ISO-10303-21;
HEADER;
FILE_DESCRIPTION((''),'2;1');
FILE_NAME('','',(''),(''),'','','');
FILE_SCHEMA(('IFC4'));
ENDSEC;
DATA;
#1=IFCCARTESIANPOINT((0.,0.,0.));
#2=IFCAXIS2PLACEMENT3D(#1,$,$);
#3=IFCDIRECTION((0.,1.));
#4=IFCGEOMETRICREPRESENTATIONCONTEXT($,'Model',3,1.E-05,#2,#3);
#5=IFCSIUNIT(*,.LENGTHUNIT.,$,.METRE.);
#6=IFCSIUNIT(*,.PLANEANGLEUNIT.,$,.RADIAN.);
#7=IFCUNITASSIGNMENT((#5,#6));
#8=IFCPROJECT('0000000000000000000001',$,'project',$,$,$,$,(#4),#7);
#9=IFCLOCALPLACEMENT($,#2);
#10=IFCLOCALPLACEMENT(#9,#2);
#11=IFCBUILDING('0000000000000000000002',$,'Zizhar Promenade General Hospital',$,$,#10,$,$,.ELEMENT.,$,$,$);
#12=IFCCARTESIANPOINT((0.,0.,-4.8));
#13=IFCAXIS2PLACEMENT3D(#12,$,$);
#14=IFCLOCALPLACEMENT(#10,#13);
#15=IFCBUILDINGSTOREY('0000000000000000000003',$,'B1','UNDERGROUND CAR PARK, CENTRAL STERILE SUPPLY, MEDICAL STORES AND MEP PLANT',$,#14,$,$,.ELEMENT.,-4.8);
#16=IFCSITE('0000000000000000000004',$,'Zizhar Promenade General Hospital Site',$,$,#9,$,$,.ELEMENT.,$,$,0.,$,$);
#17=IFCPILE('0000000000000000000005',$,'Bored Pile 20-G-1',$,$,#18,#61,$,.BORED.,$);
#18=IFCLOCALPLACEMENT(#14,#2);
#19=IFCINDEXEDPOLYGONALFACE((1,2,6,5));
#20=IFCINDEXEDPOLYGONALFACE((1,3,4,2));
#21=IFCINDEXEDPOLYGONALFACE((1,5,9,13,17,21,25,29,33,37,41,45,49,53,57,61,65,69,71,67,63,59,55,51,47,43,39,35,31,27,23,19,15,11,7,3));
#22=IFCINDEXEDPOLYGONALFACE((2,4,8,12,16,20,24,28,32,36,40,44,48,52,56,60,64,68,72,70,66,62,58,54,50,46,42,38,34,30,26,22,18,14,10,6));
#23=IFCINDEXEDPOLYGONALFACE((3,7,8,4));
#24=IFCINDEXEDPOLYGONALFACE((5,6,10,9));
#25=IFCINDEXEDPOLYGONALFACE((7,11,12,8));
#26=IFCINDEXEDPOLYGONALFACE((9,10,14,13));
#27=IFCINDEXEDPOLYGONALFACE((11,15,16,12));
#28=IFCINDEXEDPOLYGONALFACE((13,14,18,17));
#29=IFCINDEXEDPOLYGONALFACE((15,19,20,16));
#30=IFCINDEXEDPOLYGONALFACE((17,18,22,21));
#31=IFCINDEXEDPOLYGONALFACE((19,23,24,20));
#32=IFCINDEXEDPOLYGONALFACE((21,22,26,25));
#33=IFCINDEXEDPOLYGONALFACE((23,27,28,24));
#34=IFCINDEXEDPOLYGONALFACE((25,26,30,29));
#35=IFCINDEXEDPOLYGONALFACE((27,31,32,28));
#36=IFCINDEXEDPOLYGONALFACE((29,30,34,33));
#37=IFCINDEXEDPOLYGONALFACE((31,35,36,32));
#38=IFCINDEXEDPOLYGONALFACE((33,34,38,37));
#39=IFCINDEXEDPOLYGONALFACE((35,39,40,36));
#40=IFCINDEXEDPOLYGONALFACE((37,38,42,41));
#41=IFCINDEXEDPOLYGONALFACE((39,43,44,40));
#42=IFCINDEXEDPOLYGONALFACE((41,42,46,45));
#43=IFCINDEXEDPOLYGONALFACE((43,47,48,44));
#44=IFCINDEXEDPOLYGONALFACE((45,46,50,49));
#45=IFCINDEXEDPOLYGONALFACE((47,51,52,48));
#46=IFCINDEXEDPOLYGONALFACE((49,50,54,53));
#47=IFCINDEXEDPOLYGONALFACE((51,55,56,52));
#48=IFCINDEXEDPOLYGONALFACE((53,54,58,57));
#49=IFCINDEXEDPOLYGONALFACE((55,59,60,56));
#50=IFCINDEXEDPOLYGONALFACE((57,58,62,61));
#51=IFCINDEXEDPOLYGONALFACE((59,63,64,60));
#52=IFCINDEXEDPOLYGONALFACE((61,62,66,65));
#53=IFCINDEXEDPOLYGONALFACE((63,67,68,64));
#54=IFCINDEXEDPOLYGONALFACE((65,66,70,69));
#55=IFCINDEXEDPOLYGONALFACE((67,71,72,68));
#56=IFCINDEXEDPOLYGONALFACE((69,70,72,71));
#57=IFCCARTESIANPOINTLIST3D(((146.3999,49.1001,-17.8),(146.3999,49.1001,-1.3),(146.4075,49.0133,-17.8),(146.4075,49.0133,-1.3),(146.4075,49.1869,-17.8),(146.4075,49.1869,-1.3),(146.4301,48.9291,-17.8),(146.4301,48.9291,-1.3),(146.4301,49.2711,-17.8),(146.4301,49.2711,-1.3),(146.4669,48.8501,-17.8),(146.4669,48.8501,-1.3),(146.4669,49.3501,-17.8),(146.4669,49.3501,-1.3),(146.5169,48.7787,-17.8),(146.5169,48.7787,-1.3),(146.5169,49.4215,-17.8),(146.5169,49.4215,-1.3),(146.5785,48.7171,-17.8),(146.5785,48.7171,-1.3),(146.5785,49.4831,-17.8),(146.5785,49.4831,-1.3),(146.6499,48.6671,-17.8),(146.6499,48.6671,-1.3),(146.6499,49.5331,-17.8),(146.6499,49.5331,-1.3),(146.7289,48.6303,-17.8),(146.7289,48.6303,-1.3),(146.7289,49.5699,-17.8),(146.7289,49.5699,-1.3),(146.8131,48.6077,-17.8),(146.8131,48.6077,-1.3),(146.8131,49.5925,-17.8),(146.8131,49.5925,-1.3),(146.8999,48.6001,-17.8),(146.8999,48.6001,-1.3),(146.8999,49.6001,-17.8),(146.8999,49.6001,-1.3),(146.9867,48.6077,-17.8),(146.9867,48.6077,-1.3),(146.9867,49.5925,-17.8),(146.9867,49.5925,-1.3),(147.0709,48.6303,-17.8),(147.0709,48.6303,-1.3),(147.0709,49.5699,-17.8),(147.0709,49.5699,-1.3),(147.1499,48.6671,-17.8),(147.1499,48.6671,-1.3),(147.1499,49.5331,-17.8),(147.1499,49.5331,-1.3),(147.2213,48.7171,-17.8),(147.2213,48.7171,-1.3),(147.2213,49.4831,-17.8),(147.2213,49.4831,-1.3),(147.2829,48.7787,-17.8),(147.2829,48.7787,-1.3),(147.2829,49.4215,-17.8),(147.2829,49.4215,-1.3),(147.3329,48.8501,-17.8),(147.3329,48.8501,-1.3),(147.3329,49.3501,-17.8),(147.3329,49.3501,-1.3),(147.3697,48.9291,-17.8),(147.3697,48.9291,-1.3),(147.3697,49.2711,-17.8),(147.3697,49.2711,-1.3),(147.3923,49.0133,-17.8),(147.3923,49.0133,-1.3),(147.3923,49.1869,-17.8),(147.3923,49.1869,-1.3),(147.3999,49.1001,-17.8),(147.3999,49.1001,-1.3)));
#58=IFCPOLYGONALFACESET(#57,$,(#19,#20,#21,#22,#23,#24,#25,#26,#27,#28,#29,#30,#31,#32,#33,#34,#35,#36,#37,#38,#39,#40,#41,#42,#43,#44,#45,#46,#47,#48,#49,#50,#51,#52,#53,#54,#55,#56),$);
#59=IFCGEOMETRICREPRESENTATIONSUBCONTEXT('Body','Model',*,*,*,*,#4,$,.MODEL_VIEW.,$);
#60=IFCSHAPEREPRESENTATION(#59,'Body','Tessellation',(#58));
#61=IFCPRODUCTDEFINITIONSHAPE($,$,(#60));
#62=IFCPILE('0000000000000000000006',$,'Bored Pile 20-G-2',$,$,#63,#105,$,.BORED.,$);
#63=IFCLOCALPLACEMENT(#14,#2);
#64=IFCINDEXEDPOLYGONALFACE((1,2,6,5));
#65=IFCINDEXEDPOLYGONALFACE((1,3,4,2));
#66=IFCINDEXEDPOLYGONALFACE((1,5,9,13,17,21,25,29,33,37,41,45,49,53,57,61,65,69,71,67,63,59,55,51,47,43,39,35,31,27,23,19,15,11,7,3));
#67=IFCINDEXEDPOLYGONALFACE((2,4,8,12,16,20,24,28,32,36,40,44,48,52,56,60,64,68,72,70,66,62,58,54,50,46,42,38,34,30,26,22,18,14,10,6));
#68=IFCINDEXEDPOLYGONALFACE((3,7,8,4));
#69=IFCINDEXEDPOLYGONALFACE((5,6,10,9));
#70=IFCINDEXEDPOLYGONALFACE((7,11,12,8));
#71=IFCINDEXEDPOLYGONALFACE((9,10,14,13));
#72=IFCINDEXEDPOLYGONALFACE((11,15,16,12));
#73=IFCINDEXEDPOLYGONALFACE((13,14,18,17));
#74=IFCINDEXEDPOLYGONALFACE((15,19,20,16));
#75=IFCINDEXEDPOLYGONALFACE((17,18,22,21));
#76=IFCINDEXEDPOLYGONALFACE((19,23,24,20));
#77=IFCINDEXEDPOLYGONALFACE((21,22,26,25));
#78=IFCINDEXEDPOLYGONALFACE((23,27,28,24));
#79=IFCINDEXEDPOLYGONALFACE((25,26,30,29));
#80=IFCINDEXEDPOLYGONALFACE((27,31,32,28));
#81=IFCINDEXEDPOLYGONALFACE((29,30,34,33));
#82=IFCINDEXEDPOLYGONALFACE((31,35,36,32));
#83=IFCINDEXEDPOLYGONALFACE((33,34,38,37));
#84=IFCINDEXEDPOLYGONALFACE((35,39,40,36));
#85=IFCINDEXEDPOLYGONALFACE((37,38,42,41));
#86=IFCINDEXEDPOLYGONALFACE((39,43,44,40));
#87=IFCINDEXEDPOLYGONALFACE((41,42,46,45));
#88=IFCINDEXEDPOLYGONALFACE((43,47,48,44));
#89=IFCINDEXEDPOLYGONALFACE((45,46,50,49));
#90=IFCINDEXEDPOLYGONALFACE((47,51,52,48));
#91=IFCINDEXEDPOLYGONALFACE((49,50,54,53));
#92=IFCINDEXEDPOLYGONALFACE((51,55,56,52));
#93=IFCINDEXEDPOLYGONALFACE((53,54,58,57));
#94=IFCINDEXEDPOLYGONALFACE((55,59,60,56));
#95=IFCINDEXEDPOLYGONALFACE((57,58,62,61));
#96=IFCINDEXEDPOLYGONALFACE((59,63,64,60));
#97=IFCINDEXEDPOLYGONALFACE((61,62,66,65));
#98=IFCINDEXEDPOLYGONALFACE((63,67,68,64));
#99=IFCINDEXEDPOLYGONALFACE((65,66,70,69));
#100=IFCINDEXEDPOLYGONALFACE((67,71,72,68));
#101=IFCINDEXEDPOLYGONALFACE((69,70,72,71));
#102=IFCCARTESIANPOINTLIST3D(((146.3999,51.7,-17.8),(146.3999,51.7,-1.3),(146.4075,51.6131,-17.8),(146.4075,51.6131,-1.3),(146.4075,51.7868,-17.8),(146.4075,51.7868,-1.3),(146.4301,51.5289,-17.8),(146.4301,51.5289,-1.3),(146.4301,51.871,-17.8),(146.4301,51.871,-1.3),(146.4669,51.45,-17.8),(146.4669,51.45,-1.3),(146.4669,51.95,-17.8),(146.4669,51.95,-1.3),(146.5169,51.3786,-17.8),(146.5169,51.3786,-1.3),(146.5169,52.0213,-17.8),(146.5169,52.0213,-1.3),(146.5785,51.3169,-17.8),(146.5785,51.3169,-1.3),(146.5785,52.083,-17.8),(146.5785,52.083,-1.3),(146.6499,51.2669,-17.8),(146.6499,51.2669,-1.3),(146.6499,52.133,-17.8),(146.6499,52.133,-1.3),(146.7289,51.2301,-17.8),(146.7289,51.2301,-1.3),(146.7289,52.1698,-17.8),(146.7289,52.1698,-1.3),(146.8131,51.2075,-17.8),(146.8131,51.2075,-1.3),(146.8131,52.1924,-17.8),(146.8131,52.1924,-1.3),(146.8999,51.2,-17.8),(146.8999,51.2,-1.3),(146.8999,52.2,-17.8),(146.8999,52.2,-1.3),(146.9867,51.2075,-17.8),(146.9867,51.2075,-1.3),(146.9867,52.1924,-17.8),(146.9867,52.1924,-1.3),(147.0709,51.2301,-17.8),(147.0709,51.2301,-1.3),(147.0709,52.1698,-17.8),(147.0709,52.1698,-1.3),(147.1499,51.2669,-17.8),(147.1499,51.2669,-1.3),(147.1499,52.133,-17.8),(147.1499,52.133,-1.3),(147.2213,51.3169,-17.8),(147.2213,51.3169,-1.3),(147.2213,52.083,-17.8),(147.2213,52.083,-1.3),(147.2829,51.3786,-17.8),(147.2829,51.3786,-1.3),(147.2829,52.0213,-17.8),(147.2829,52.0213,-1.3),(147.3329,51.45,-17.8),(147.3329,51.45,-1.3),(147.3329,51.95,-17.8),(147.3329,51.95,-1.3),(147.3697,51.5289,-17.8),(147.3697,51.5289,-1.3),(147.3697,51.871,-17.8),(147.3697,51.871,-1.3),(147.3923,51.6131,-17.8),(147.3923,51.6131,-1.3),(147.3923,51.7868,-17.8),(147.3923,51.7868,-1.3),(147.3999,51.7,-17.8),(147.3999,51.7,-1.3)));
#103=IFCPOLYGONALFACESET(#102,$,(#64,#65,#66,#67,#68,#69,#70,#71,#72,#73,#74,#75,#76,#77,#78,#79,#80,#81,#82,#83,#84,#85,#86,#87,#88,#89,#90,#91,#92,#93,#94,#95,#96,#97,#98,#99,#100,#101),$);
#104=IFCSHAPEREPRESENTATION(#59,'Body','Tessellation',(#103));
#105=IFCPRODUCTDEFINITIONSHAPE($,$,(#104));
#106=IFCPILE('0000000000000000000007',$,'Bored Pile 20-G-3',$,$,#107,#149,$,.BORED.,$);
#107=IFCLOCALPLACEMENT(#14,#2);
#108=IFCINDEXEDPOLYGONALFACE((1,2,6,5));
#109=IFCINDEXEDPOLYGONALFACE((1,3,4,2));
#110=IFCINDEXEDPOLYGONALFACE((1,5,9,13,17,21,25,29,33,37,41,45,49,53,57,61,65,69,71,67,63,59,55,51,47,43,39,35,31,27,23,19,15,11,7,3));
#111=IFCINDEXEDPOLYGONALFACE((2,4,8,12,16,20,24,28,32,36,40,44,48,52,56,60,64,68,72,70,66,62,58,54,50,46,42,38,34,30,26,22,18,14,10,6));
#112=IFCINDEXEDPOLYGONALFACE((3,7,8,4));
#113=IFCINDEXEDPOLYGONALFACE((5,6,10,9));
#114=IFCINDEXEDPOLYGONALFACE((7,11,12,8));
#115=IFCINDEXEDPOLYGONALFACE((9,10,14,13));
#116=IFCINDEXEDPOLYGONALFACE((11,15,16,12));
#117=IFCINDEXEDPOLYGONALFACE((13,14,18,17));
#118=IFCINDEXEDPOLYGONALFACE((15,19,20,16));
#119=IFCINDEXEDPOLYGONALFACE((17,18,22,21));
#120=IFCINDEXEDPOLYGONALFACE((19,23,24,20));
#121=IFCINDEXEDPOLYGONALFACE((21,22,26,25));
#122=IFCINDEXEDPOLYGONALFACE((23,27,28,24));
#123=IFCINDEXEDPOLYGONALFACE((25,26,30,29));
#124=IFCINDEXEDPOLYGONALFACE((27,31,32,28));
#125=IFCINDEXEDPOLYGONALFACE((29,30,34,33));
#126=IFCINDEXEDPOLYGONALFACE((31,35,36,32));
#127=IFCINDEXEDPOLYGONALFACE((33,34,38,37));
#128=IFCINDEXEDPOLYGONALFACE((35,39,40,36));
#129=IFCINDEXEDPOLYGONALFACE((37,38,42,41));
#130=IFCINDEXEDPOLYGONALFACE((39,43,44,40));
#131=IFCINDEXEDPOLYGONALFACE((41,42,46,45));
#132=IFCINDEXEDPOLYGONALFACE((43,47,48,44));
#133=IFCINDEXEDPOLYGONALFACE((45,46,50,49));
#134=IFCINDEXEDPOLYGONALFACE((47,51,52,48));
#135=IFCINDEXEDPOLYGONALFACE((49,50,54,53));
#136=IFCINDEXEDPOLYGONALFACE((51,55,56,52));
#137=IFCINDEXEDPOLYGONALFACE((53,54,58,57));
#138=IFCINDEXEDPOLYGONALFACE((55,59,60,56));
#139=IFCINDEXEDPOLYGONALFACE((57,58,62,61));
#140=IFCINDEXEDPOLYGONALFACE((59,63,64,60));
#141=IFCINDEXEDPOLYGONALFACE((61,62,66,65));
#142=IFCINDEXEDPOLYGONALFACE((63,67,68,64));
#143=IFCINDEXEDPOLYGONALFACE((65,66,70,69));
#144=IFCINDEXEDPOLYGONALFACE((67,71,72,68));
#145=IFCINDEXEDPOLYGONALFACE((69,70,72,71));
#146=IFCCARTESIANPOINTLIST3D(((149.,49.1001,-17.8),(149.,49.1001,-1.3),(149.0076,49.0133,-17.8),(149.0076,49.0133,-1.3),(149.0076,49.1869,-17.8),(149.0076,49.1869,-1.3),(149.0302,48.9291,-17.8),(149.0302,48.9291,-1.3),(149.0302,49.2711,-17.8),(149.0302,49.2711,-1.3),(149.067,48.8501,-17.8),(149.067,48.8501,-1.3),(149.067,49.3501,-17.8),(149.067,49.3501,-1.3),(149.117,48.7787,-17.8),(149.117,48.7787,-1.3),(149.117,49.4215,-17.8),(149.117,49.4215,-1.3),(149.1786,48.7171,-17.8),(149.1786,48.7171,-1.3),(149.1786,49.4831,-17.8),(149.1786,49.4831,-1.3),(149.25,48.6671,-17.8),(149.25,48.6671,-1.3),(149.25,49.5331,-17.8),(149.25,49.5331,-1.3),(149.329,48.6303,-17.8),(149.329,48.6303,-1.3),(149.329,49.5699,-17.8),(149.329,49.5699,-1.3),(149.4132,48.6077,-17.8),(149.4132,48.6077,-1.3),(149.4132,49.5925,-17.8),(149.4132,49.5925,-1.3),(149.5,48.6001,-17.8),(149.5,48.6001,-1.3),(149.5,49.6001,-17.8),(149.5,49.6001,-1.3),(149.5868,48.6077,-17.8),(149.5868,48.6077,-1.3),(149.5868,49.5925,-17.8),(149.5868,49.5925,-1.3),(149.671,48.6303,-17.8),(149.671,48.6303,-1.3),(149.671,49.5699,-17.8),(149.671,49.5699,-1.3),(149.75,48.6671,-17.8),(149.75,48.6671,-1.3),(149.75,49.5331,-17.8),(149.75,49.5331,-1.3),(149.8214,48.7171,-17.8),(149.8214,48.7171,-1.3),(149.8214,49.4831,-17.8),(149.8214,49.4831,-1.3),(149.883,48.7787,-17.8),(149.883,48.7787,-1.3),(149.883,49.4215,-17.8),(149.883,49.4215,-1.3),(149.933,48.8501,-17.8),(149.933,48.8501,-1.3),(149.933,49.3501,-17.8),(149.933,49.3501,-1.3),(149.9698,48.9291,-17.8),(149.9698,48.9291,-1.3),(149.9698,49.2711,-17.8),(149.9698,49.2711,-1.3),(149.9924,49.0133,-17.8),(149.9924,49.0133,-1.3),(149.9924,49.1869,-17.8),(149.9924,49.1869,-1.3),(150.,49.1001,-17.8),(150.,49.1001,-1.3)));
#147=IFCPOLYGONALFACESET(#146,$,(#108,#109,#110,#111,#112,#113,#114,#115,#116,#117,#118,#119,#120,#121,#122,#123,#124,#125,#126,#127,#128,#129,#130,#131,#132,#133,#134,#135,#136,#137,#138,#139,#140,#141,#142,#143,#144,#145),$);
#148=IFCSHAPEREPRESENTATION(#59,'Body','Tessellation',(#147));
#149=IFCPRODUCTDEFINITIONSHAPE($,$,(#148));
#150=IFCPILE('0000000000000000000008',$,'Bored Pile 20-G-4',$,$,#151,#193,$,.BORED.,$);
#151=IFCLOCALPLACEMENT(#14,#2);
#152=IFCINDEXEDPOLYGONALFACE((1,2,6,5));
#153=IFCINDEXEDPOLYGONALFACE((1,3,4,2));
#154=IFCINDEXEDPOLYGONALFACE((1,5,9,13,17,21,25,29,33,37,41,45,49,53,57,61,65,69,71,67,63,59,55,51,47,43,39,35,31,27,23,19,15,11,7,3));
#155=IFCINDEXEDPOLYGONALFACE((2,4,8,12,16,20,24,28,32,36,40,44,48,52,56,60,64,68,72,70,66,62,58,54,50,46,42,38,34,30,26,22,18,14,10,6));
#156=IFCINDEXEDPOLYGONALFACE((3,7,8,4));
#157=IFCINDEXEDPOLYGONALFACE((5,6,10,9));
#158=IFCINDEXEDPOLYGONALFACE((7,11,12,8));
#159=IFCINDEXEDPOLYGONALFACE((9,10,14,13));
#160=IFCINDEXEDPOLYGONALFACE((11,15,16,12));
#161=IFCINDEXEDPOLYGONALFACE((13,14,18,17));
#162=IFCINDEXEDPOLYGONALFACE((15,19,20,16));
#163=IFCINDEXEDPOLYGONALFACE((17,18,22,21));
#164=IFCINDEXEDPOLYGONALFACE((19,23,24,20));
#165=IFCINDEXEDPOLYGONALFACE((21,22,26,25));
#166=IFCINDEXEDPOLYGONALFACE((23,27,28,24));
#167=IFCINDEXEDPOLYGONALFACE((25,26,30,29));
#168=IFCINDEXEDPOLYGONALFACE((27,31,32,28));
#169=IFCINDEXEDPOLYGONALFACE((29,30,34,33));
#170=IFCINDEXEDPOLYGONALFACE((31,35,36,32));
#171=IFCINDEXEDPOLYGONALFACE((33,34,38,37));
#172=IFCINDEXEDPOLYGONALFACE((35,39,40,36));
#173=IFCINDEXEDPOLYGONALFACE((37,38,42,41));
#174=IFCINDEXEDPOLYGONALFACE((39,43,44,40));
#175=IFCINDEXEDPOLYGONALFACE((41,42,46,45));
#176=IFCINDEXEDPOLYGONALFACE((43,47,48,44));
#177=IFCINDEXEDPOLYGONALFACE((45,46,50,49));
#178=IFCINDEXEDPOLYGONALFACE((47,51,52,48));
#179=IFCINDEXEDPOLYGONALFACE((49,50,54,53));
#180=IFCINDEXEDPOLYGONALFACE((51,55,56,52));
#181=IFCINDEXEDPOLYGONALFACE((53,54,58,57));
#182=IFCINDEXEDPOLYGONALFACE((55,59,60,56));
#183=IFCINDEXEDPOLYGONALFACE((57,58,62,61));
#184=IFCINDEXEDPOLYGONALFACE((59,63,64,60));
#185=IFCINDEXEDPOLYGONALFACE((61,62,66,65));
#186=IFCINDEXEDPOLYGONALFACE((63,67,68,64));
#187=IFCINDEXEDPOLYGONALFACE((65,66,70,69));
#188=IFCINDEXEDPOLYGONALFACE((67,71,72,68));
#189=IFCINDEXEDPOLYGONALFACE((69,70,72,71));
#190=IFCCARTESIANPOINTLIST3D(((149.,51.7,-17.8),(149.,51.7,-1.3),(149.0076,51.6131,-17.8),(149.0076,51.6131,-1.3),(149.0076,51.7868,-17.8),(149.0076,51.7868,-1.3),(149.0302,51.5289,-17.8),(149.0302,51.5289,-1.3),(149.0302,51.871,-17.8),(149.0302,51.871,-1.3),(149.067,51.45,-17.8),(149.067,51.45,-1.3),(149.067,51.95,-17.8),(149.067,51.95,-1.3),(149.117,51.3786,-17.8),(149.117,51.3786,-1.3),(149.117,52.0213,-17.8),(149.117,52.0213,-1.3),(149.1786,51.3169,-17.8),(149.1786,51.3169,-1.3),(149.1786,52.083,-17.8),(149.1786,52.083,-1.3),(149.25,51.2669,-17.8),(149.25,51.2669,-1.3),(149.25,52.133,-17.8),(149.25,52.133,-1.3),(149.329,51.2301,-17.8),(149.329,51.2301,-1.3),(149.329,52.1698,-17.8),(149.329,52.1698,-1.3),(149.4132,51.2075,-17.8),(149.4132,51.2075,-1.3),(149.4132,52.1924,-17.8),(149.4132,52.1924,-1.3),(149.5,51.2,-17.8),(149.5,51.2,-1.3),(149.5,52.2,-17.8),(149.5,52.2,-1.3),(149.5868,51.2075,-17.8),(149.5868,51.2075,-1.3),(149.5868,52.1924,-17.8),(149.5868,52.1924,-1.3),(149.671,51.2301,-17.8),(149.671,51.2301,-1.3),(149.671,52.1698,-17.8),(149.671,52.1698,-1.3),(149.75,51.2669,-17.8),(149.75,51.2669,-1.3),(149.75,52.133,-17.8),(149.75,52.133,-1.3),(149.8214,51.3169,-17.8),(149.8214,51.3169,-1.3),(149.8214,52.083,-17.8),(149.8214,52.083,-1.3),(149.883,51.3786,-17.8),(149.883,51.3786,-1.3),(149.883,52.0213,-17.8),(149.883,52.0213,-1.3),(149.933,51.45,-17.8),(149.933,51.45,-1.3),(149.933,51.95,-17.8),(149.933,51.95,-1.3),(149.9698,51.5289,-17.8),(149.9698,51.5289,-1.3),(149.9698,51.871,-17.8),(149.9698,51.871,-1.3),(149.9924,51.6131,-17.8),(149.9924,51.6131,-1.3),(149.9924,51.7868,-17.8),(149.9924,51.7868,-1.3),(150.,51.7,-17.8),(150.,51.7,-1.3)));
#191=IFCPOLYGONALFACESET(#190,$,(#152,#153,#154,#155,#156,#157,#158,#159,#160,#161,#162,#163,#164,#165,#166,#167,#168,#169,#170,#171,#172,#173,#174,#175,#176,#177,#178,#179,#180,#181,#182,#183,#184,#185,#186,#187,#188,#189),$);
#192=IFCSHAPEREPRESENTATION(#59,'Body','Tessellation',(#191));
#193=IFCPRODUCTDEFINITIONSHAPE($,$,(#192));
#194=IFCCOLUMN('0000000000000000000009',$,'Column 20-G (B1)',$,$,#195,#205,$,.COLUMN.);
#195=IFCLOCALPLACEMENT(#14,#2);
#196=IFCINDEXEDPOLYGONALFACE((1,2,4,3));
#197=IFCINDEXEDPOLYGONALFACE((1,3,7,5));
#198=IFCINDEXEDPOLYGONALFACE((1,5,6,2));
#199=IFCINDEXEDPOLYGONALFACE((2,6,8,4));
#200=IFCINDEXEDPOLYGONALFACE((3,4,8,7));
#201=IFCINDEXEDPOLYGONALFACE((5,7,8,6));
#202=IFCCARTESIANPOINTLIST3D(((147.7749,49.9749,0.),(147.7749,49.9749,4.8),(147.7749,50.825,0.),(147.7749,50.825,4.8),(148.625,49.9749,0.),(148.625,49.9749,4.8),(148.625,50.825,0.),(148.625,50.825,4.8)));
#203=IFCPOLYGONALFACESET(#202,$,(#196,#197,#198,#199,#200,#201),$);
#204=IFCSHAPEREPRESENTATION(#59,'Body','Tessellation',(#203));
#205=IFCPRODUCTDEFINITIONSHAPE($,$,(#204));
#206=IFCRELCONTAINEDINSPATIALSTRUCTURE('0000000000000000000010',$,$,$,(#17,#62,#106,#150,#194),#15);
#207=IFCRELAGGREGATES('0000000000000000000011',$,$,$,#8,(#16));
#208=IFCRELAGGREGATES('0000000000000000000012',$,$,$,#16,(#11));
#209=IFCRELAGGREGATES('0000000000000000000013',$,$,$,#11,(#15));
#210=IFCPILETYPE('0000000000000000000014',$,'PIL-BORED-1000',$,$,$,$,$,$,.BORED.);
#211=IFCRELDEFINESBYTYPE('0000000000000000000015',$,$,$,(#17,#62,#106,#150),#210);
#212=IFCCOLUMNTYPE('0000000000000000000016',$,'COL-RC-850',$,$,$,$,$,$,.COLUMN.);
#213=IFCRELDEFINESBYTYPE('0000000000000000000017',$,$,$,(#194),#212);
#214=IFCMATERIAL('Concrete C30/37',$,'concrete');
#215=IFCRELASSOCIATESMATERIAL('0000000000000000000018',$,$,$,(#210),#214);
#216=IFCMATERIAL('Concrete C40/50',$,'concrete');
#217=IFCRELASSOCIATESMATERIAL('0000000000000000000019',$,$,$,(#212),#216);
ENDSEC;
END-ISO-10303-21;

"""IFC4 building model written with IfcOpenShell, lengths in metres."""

from ifc_helpers import new_model, si_unit, direction, frame, origin, origin_2d, place, context, subcontext, project, spatial, rectangle, circle, extrude, material, material_profile, profile_set, type_object, element, save


model = new_model("IFC4")

# Units and contexts
model_context = context("Model", 3, precision=1e-05, world=origin(), true_north=direction((0.0, 1.0)))
body_context = subcontext(model_context, "Body", "Model", "MODEL_VIEW")
ifc_project = project(units=[si_unit("LENGTHUNIT", "METRE"), si_unit("PLANEANGLEUNIT", "RADIAN")], contexts=[model_context])

# Site, building, storey
site_placement = place(None, origin())
site = spatial("IfcSite", under=ifc_project, at=site_placement, Name="Zizhar Promenade General Hospital Site", CompositionType="ELEMENT", RefElevation=0.0)
building_placement = place(site_placement, origin())
building = spatial("IfcBuilding", under=site, at=building_placement, Name="Zizhar Promenade General Hospital", CompositionType="ELEMENT")
storey_placement = place(building_placement, frame((0.0, 0.0, -4.8)))
storey = spatial("IfcBuildingStorey", under=building, at=storey_placement, Name="B1", Description="UNDERGROUND CAR PARK, CENTRAL STERILE SUPPLY, MEDICAL STORES AND MEP PLANT", CompositionType="ELEMENT", Elevation=-4.8)

# Piles
ifc_material_1 = material(Name="Concrete C30/37", Category="concrete")
ifc_material_profile_1 = material_profile(ifc_material_1, circle(Radius=0.5, at=origin_2d()))
ifc_profile_set_1 = profile_set([ifc_material_profile_1], Name="Concrete C30/37")
pile_type = type_object("IfcPileType", Name="PIL-BORED-1000", PredefinedType="BORED", material=ifc_profile_set_1)
for number, where, z_axis, x_axis, name in (
    (1, (146.8999, 49.1001, -1.3), (0.0, 0.0, -1.0), (1.0, 0.0, 0.0), "Bored Pile 20-G-1"),
    (2, (146.8999, 51.7, -1.3), (0.0, 0.0, -1.0), (1.0, 0.0, 0.0), "Bored Pile 20-G-2"),
    (3, (149.5, 49.1001, -1.3), (0.0, 0.0, -1.0), (1.0, 0.0, 0.0), "Bored Pile 20-G-3"),
    (4, (149.5, 51.7, -1.3), (0.0, 0.0, -1.0), (1.0, 0.0, 0.0), "Bored Pile 20-G-4"),
):
    element("IfcPile", number, at=place(storey_placement, frame(where, z_axis=z_axis, x_axis=x_axis)), inside=storey, type_object=pile_type, Name=name, PredefinedType="BORED", context=body_context, shape_type="SweptSolid", body=[
        extrude(circle(Radius=0.5, at=origin_2d()), origin(), (0.0, 0.0, 1.0), 16.5),
    ])

# Column
ifc_material_2 = material(Name="Concrete C40/50", Category="concrete")
ifc_material_profile_2 = material_profile(ifc_material_2, rectangle(XDim=0.8501, YDim=0.8501, at=origin_2d()))
ifc_profile_set_2 = profile_set([ifc_material_profile_2], Name="Concrete C40/50")
column_type = type_object("IfcColumnType", Name="COL-RC-850", PredefinedType="COLUMN", material=ifc_profile_set_2)
column_placement = place(storey_placement, frame((148.2, 50.3999, 0.0), z_axis=(0.0, 0.0, 1.0), x_axis=(1.0, 0.0, 0.0)))
element("IfcColumn", 5, at=column_placement, inside=storey, type_object=column_type, Name="Column 20-G (B1)", PredefinedType="COLUMN", context=body_context, shape_type="SweptSolid", body=[
    extrude(rectangle(XDim=0.8501, YDim=0.8501, at=origin_2d()), origin(), (0.0, 0.0, 1.0), 4.8),
])

save(model, "model.ifc")
